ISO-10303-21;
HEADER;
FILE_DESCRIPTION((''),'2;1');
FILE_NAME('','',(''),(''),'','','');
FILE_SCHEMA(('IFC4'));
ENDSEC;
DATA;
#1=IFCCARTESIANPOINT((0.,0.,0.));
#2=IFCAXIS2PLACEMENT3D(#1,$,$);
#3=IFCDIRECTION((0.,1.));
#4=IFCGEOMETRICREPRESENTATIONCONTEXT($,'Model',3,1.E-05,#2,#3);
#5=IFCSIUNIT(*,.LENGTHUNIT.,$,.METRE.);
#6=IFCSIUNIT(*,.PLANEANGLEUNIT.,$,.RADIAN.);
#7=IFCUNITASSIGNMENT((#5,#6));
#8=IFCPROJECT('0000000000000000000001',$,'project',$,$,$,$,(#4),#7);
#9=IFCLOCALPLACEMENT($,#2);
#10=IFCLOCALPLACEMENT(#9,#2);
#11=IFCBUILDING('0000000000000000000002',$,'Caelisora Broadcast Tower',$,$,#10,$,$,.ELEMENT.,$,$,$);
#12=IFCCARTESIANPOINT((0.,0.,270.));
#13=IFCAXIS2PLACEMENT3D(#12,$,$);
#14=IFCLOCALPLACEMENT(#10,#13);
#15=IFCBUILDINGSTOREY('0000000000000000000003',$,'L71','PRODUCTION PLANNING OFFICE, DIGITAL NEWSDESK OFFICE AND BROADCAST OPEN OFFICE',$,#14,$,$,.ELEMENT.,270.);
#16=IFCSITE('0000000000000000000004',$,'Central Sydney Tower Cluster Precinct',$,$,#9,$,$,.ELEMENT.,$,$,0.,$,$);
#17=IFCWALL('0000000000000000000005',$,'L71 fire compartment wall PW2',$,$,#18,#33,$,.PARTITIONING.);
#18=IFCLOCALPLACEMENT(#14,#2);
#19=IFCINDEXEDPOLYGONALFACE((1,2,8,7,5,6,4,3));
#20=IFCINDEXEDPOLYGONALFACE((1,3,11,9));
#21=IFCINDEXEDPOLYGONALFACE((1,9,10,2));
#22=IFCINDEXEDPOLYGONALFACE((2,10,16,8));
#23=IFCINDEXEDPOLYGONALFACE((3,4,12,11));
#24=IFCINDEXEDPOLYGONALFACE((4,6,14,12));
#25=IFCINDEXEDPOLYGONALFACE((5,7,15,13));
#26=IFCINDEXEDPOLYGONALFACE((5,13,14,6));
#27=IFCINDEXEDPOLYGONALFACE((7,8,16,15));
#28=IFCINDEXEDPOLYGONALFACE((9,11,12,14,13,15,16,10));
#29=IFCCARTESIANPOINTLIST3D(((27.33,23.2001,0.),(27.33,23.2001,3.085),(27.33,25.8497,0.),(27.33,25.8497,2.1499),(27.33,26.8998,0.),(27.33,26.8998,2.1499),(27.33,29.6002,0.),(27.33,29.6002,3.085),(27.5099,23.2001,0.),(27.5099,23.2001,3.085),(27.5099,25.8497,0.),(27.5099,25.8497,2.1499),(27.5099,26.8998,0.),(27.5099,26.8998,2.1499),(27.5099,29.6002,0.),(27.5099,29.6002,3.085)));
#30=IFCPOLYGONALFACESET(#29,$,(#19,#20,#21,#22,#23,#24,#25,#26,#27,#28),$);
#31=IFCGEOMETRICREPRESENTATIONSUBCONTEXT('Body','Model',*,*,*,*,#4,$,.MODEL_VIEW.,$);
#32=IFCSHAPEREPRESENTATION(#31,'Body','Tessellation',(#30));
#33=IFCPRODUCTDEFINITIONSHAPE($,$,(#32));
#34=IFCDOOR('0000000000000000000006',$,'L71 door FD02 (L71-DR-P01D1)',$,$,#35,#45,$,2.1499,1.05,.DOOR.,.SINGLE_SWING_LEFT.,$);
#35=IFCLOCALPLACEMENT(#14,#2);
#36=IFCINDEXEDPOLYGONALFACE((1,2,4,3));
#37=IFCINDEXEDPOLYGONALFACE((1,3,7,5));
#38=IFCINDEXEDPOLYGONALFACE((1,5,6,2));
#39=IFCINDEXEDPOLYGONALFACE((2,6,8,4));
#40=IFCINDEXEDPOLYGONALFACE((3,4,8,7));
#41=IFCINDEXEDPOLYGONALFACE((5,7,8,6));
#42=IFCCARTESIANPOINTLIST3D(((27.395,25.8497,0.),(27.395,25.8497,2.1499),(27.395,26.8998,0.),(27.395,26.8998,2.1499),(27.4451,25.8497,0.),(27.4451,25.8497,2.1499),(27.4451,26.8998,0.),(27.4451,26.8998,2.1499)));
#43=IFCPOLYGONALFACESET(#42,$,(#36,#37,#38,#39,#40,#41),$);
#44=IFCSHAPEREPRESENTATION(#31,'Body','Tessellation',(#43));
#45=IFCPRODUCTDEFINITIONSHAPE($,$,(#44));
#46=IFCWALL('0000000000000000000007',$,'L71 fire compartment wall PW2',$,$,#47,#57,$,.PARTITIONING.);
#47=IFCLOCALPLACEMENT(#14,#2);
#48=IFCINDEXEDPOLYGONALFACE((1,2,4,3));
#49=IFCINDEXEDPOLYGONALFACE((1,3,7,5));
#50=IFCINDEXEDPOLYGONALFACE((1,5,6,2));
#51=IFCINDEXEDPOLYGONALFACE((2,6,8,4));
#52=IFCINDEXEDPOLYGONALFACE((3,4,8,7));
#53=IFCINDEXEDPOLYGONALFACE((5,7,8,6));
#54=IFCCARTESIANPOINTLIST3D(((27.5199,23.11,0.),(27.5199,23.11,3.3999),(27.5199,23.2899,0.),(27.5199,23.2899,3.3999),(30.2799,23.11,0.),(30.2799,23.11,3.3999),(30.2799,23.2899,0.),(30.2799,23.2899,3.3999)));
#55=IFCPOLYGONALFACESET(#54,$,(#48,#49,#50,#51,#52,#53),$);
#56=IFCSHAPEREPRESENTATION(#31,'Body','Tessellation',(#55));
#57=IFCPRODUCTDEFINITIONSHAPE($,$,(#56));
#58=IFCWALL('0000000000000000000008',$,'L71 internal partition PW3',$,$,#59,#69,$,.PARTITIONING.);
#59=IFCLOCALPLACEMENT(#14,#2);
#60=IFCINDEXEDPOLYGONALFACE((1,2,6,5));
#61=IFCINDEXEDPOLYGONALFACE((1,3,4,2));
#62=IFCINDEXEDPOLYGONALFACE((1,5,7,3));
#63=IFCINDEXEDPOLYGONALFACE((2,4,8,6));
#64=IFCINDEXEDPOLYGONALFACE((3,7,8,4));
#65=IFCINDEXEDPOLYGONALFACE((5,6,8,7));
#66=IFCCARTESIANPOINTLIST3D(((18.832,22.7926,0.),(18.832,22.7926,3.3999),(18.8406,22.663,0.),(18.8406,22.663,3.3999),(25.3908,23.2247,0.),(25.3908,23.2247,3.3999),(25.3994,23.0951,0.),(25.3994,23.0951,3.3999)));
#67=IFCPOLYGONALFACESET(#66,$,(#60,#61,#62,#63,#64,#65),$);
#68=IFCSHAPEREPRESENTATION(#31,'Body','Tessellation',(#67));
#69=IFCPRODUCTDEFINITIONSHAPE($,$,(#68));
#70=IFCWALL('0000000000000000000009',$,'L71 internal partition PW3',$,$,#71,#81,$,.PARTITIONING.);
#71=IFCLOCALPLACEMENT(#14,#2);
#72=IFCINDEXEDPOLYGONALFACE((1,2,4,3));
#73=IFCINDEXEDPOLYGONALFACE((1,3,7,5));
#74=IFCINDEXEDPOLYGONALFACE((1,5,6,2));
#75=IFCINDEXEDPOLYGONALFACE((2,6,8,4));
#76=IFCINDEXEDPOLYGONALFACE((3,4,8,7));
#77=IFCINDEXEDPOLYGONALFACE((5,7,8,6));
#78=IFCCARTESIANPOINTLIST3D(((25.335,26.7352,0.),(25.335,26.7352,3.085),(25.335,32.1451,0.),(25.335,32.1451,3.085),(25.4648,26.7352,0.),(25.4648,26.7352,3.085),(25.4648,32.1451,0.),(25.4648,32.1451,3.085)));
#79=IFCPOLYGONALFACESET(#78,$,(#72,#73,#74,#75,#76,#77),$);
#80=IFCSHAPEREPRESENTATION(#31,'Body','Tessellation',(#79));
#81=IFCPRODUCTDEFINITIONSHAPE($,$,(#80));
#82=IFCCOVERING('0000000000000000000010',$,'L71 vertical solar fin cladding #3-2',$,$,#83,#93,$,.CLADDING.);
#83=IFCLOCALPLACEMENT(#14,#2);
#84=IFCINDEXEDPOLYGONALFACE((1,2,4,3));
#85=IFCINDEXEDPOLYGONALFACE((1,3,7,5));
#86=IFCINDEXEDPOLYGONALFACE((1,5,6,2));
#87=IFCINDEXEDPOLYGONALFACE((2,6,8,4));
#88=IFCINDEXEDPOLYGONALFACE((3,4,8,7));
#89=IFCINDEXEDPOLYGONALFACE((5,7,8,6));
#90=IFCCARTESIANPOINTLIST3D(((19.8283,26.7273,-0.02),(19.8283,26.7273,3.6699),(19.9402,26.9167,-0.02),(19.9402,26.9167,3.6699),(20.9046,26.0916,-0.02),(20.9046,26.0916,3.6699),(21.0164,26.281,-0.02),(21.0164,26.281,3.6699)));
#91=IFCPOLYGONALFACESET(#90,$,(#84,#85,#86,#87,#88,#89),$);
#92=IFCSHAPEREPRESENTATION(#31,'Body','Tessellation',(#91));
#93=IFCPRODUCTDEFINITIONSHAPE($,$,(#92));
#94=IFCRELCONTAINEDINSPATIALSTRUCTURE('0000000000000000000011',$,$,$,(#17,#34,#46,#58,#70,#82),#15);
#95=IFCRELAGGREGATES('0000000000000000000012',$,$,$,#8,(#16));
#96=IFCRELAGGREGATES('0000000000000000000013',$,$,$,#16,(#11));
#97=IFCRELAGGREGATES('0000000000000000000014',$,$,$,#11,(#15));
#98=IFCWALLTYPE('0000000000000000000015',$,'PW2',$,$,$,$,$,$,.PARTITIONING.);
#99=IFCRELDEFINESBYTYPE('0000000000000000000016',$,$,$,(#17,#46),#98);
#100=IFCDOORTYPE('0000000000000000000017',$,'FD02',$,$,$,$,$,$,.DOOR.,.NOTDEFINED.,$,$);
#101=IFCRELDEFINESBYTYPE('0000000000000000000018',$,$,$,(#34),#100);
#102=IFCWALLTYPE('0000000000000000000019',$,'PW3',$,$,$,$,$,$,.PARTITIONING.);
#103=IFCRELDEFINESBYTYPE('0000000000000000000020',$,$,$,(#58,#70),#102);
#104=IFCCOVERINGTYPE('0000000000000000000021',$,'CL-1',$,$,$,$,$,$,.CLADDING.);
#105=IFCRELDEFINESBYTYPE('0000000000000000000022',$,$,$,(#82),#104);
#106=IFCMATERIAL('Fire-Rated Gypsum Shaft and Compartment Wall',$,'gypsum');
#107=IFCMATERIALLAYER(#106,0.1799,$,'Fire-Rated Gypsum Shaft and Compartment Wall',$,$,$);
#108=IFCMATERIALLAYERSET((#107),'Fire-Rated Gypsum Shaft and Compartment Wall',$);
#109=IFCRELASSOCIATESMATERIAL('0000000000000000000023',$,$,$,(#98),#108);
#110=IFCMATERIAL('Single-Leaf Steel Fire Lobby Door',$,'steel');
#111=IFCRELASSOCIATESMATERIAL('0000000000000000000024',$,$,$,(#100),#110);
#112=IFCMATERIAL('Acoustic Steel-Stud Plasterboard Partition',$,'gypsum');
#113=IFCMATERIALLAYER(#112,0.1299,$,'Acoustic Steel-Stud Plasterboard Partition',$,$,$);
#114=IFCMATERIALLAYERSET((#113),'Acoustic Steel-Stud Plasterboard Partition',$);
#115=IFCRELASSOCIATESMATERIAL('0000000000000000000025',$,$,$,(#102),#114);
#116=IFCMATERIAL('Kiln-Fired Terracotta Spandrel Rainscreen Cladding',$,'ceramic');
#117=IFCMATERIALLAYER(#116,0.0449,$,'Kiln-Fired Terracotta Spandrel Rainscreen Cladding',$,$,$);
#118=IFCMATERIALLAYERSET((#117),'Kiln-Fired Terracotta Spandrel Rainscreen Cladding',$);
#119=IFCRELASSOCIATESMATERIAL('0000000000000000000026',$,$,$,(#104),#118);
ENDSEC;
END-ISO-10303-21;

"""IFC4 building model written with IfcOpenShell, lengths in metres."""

from ifc_helpers import new_model, si_unit, direction, frame, frame_2d, origin, origin_2d, place, context, subcontext, project, spatial, rectangle, extrude, source, transform, mapped, material, layer, layer_set, type_object, type_shapes, element, fill, save


model = new_model("IFC4")

# Units and contexts
model_context = context("Model", 3, precision=1e-05, world=origin(), true_north=direction((0.0, 1.0)))
body_context = subcontext(model_context, "Body", "Model", "MODEL_VIEW")
ifc_project = project(units=[si_unit("LENGTHUNIT", "METRE"), si_unit("PLANEANGLEUNIT", "RADIAN")], contexts=[model_context])

# Site, building, storey
site_placement = place(None, origin())
site = spatial("IfcSite", under=ifc_project, at=site_placement, Name="Central Sydney Tower Cluster Precinct", CompositionType="ELEMENT", RefElevation=0.0)
building_placement = place(site_placement, origin())
building = spatial("IfcBuilding", under=site, at=building_placement, Name="Caelisora Broadcast Tower", CompositionType="ELEMENT")
storey_placement = place(building_placement, frame((0.0, 0.0, 270.0)))
storey = spatial("IfcBuildingStorey", under=building, at=storey_placement, Name="L71", Description="PRODUCTION PLANNING OFFICE, DIGITAL NEWSDESK OFFICE AND BROADCAST OPEN OFFICE", CompositionType="ELEMENT", Elevation=270.0)

# Wall, opening, door
ifc_material_1 = material(Name="Fire-Rated Gypsum Shaft and Compartment Wall", Category="gypsum")
ifc_layer_1 = layer(ifc_material_1, 0.1799, Name="Fire-Rated Gypsum Shaft and Compartment Wall")
ifc_layer_set_1 = layer_set([ifc_layer_1], Name="Fire-Rated Gypsum Shaft and Compartment Wall")
wall_type_1 = type_object("IfcWallType", Name="PW2", PredefinedType="PARTITIONING", material=ifc_layer_set_1)
wall_1_placement = place(storey_placement, frame((27.4199, 23.2, 0.0), z_axis=(0.0, 0.0, 1.0), x_axis=(0.0, 1.0, 0.0)))
wall_1 = element("IfcWall", 1, at=wall_1_placement, inside=storey, type_object=wall_type_1, Name="L71 fire compartment wall PW2", PredefinedType="PARTITIONING", context=body_context, shape_type="SweptSolid", body=[
    extrude(rectangle(XDim=6.4001, YDim=0.1799, at=frame_2d((3.2002, 0.0))), origin(), (0.0, 0.0, 1.0), 3.085),
])
opening_1_placement = place(wall_1_placement, frame((2.6499, 0.0, 0.0)))
opening_1 = element("IfcOpeningElement", 2, at=opening_1_placement, cuts=wall_1, PredefinedType="OPENING", context=body_context, shape_type="SweptSolid", body=[
    extrude(rectangle(XDim=1.05, YDim=2.1499, at=frame_2d((0.5249, 1.075))), frame((0.0, 0.1021, 0.0), z_axis=(0.0, -1.0, 0.0), x_axis=(1.0, 0.0, 0.0)), (0.0, 0.0, 1.0), 0.2039),
])
ifc_material_2 = material(Name="Single-Leaf Steel Fire Lobby Door", Category="steel")
door_type_1 = type_object("IfcDoorType", Name="FD02", OperationType="NOTDEFINED", PredefinedType="DOOR", material=ifc_material_2)
door_1_placement = place(opening_1_placement, origin())
door_1 = element("IfcDoor", 3, at=door_1_placement, inside=storey, type_object=door_type_1, Name="L71 door FD02 (L71-DR-P01D1)", OperationType="SINGLE_SWING_LEFT", OverallHeight=2.1499, OverallWidth=1.05, PredefinedType="DOOR", context=body_context, shape_type="SweptSolid", body=[
    extrude(rectangle(XDim=1.05, YDim=2.1499, at=frame_2d((0.5249, 1.075))), frame((0.0, 0.0249, 0.0), z_axis=(0.0, -1.0, 0.0), x_axis=(1.0, 0.0, 0.0)), (0.0, 0.0, 1.0), 0.05),
])
fill(opening_1, door_1)

# Walls
wall_2_placement = place(storey_placement, frame((27.52, 23.2, 0.0), z_axis=(0.0, 0.0, 1.0), x_axis=(1.0, 0.0, 0.0)))
element("IfcWall", 4, at=wall_2_placement, inside=storey, type_object=wall_type_1, Name="L71 fire compartment wall PW2", PredefinedType="PARTITIONING", context=body_context, shape_type="SweptSolid", body=[
    extrude(rectangle(XDim=2.76, YDim=0.1799, at=frame_2d((1.3799, 0.0))), origin(), (0.0, 0.0, 1.0), 3.3999),
])
ifc_material_3 = material(Name="Acoustic Steel-Stud Plasterboard Partition", Category="gypsum")
ifc_layer_2 = layer(ifc_material_3, 0.1299, Name="Acoustic Steel-Stud Plasterboard Partition")
ifc_layer_set_2 = layer_set([ifc_layer_2], Name="Acoustic Steel-Stud Plasterboard Partition")
wall_type_2 = type_object("IfcWallType", Name="PW3", PredefinedType="PARTITIONING", material=ifc_layer_set_2)
wall_3_placement = place(storey_placement, frame((18.8362, 22.7278, 0.0), z_axis=(0.0, 0.0, 1.0), x_axis=(0.997837, 0.065742, 0.0)))
element("IfcWall", 5, at=wall_3_placement, inside=storey, type_object=wall_type_2, Name="L71 internal partition PW3", PredefinedType="PARTITIONING", context=body_context, shape_type="SweptSolid", body=[
    extrude(rectangle(XDim=6.573, YDim=0.1299, at=frame_2d((3.2866, 0.0))), origin(), (0.0, 0.0, 1.0), 3.3999),
])
wall_4_placement = place(storey_placement, frame((25.3999, 26.7351, 0.0), z_axis=(0.0, 0.0, 1.0), x_axis=(0.0, 1.0, 0.0)))
element("IfcWall", 6, at=wall_4_placement, inside=storey, type_object=wall_type_2, Name="L71 internal partition PW3", PredefinedType="PARTITIONING", context=body_context, shape_type="SweptSolid", body=[
    extrude(rectangle(XDim=5.4099, YDim=0.1299, at=frame_2d((2.7051, 0.0))), origin(), (0.0, 0.0, 1.0), 3.085),
])

# Covering
ifc_material_4 = material(Name="Kiln-Fired Terracotta Spandrel Rainscreen Cladding", Category="ceramic")
ifc_layer_3 = layer(ifc_material_4, 0.0449, Name="Kiln-Fired Terracotta Spandrel Rainscreen Cladding")
ifc_layer_set_3 = layer_set([ifc_layer_3], Name="Kiln-Fired Terracotta Spandrel Rainscreen Cladding")
covering_type = type_object("IfcCoveringType", Name="CL-1", PredefinedType="CLADDING", material=ifc_layer_set_3)
shared_shape_1 = source(origin(), body_context, "Body", "SweptSolid", [
    extrude(rectangle(XDim=0.22, YDim=1.25, at=origin_2d()), origin(), (0.0, 0.0, 1.0), 3.6899),
])
type_shapes(covering_type, [shared_shape_1])
covering_placement = place(storey_placement, frame((20.4224, 26.5042, -0.02), z_axis=(0.0, 0.0, 1.0), x_axis=(0.508591, 0.861008, 0.0)))
element("IfcCovering", 7, at=covering_placement, inside=storey, type_object=covering_type, Name="L71 vertical solar fin cladding #3-2", PredefinedType="CLADDING", context=body_context, shape_type="MappedRepresentation", body=[
    mapped(shared_shape_1, transform((0.0, 0.0, 0.0), scale=1.0)),
])

save(model, "model.ifc")
